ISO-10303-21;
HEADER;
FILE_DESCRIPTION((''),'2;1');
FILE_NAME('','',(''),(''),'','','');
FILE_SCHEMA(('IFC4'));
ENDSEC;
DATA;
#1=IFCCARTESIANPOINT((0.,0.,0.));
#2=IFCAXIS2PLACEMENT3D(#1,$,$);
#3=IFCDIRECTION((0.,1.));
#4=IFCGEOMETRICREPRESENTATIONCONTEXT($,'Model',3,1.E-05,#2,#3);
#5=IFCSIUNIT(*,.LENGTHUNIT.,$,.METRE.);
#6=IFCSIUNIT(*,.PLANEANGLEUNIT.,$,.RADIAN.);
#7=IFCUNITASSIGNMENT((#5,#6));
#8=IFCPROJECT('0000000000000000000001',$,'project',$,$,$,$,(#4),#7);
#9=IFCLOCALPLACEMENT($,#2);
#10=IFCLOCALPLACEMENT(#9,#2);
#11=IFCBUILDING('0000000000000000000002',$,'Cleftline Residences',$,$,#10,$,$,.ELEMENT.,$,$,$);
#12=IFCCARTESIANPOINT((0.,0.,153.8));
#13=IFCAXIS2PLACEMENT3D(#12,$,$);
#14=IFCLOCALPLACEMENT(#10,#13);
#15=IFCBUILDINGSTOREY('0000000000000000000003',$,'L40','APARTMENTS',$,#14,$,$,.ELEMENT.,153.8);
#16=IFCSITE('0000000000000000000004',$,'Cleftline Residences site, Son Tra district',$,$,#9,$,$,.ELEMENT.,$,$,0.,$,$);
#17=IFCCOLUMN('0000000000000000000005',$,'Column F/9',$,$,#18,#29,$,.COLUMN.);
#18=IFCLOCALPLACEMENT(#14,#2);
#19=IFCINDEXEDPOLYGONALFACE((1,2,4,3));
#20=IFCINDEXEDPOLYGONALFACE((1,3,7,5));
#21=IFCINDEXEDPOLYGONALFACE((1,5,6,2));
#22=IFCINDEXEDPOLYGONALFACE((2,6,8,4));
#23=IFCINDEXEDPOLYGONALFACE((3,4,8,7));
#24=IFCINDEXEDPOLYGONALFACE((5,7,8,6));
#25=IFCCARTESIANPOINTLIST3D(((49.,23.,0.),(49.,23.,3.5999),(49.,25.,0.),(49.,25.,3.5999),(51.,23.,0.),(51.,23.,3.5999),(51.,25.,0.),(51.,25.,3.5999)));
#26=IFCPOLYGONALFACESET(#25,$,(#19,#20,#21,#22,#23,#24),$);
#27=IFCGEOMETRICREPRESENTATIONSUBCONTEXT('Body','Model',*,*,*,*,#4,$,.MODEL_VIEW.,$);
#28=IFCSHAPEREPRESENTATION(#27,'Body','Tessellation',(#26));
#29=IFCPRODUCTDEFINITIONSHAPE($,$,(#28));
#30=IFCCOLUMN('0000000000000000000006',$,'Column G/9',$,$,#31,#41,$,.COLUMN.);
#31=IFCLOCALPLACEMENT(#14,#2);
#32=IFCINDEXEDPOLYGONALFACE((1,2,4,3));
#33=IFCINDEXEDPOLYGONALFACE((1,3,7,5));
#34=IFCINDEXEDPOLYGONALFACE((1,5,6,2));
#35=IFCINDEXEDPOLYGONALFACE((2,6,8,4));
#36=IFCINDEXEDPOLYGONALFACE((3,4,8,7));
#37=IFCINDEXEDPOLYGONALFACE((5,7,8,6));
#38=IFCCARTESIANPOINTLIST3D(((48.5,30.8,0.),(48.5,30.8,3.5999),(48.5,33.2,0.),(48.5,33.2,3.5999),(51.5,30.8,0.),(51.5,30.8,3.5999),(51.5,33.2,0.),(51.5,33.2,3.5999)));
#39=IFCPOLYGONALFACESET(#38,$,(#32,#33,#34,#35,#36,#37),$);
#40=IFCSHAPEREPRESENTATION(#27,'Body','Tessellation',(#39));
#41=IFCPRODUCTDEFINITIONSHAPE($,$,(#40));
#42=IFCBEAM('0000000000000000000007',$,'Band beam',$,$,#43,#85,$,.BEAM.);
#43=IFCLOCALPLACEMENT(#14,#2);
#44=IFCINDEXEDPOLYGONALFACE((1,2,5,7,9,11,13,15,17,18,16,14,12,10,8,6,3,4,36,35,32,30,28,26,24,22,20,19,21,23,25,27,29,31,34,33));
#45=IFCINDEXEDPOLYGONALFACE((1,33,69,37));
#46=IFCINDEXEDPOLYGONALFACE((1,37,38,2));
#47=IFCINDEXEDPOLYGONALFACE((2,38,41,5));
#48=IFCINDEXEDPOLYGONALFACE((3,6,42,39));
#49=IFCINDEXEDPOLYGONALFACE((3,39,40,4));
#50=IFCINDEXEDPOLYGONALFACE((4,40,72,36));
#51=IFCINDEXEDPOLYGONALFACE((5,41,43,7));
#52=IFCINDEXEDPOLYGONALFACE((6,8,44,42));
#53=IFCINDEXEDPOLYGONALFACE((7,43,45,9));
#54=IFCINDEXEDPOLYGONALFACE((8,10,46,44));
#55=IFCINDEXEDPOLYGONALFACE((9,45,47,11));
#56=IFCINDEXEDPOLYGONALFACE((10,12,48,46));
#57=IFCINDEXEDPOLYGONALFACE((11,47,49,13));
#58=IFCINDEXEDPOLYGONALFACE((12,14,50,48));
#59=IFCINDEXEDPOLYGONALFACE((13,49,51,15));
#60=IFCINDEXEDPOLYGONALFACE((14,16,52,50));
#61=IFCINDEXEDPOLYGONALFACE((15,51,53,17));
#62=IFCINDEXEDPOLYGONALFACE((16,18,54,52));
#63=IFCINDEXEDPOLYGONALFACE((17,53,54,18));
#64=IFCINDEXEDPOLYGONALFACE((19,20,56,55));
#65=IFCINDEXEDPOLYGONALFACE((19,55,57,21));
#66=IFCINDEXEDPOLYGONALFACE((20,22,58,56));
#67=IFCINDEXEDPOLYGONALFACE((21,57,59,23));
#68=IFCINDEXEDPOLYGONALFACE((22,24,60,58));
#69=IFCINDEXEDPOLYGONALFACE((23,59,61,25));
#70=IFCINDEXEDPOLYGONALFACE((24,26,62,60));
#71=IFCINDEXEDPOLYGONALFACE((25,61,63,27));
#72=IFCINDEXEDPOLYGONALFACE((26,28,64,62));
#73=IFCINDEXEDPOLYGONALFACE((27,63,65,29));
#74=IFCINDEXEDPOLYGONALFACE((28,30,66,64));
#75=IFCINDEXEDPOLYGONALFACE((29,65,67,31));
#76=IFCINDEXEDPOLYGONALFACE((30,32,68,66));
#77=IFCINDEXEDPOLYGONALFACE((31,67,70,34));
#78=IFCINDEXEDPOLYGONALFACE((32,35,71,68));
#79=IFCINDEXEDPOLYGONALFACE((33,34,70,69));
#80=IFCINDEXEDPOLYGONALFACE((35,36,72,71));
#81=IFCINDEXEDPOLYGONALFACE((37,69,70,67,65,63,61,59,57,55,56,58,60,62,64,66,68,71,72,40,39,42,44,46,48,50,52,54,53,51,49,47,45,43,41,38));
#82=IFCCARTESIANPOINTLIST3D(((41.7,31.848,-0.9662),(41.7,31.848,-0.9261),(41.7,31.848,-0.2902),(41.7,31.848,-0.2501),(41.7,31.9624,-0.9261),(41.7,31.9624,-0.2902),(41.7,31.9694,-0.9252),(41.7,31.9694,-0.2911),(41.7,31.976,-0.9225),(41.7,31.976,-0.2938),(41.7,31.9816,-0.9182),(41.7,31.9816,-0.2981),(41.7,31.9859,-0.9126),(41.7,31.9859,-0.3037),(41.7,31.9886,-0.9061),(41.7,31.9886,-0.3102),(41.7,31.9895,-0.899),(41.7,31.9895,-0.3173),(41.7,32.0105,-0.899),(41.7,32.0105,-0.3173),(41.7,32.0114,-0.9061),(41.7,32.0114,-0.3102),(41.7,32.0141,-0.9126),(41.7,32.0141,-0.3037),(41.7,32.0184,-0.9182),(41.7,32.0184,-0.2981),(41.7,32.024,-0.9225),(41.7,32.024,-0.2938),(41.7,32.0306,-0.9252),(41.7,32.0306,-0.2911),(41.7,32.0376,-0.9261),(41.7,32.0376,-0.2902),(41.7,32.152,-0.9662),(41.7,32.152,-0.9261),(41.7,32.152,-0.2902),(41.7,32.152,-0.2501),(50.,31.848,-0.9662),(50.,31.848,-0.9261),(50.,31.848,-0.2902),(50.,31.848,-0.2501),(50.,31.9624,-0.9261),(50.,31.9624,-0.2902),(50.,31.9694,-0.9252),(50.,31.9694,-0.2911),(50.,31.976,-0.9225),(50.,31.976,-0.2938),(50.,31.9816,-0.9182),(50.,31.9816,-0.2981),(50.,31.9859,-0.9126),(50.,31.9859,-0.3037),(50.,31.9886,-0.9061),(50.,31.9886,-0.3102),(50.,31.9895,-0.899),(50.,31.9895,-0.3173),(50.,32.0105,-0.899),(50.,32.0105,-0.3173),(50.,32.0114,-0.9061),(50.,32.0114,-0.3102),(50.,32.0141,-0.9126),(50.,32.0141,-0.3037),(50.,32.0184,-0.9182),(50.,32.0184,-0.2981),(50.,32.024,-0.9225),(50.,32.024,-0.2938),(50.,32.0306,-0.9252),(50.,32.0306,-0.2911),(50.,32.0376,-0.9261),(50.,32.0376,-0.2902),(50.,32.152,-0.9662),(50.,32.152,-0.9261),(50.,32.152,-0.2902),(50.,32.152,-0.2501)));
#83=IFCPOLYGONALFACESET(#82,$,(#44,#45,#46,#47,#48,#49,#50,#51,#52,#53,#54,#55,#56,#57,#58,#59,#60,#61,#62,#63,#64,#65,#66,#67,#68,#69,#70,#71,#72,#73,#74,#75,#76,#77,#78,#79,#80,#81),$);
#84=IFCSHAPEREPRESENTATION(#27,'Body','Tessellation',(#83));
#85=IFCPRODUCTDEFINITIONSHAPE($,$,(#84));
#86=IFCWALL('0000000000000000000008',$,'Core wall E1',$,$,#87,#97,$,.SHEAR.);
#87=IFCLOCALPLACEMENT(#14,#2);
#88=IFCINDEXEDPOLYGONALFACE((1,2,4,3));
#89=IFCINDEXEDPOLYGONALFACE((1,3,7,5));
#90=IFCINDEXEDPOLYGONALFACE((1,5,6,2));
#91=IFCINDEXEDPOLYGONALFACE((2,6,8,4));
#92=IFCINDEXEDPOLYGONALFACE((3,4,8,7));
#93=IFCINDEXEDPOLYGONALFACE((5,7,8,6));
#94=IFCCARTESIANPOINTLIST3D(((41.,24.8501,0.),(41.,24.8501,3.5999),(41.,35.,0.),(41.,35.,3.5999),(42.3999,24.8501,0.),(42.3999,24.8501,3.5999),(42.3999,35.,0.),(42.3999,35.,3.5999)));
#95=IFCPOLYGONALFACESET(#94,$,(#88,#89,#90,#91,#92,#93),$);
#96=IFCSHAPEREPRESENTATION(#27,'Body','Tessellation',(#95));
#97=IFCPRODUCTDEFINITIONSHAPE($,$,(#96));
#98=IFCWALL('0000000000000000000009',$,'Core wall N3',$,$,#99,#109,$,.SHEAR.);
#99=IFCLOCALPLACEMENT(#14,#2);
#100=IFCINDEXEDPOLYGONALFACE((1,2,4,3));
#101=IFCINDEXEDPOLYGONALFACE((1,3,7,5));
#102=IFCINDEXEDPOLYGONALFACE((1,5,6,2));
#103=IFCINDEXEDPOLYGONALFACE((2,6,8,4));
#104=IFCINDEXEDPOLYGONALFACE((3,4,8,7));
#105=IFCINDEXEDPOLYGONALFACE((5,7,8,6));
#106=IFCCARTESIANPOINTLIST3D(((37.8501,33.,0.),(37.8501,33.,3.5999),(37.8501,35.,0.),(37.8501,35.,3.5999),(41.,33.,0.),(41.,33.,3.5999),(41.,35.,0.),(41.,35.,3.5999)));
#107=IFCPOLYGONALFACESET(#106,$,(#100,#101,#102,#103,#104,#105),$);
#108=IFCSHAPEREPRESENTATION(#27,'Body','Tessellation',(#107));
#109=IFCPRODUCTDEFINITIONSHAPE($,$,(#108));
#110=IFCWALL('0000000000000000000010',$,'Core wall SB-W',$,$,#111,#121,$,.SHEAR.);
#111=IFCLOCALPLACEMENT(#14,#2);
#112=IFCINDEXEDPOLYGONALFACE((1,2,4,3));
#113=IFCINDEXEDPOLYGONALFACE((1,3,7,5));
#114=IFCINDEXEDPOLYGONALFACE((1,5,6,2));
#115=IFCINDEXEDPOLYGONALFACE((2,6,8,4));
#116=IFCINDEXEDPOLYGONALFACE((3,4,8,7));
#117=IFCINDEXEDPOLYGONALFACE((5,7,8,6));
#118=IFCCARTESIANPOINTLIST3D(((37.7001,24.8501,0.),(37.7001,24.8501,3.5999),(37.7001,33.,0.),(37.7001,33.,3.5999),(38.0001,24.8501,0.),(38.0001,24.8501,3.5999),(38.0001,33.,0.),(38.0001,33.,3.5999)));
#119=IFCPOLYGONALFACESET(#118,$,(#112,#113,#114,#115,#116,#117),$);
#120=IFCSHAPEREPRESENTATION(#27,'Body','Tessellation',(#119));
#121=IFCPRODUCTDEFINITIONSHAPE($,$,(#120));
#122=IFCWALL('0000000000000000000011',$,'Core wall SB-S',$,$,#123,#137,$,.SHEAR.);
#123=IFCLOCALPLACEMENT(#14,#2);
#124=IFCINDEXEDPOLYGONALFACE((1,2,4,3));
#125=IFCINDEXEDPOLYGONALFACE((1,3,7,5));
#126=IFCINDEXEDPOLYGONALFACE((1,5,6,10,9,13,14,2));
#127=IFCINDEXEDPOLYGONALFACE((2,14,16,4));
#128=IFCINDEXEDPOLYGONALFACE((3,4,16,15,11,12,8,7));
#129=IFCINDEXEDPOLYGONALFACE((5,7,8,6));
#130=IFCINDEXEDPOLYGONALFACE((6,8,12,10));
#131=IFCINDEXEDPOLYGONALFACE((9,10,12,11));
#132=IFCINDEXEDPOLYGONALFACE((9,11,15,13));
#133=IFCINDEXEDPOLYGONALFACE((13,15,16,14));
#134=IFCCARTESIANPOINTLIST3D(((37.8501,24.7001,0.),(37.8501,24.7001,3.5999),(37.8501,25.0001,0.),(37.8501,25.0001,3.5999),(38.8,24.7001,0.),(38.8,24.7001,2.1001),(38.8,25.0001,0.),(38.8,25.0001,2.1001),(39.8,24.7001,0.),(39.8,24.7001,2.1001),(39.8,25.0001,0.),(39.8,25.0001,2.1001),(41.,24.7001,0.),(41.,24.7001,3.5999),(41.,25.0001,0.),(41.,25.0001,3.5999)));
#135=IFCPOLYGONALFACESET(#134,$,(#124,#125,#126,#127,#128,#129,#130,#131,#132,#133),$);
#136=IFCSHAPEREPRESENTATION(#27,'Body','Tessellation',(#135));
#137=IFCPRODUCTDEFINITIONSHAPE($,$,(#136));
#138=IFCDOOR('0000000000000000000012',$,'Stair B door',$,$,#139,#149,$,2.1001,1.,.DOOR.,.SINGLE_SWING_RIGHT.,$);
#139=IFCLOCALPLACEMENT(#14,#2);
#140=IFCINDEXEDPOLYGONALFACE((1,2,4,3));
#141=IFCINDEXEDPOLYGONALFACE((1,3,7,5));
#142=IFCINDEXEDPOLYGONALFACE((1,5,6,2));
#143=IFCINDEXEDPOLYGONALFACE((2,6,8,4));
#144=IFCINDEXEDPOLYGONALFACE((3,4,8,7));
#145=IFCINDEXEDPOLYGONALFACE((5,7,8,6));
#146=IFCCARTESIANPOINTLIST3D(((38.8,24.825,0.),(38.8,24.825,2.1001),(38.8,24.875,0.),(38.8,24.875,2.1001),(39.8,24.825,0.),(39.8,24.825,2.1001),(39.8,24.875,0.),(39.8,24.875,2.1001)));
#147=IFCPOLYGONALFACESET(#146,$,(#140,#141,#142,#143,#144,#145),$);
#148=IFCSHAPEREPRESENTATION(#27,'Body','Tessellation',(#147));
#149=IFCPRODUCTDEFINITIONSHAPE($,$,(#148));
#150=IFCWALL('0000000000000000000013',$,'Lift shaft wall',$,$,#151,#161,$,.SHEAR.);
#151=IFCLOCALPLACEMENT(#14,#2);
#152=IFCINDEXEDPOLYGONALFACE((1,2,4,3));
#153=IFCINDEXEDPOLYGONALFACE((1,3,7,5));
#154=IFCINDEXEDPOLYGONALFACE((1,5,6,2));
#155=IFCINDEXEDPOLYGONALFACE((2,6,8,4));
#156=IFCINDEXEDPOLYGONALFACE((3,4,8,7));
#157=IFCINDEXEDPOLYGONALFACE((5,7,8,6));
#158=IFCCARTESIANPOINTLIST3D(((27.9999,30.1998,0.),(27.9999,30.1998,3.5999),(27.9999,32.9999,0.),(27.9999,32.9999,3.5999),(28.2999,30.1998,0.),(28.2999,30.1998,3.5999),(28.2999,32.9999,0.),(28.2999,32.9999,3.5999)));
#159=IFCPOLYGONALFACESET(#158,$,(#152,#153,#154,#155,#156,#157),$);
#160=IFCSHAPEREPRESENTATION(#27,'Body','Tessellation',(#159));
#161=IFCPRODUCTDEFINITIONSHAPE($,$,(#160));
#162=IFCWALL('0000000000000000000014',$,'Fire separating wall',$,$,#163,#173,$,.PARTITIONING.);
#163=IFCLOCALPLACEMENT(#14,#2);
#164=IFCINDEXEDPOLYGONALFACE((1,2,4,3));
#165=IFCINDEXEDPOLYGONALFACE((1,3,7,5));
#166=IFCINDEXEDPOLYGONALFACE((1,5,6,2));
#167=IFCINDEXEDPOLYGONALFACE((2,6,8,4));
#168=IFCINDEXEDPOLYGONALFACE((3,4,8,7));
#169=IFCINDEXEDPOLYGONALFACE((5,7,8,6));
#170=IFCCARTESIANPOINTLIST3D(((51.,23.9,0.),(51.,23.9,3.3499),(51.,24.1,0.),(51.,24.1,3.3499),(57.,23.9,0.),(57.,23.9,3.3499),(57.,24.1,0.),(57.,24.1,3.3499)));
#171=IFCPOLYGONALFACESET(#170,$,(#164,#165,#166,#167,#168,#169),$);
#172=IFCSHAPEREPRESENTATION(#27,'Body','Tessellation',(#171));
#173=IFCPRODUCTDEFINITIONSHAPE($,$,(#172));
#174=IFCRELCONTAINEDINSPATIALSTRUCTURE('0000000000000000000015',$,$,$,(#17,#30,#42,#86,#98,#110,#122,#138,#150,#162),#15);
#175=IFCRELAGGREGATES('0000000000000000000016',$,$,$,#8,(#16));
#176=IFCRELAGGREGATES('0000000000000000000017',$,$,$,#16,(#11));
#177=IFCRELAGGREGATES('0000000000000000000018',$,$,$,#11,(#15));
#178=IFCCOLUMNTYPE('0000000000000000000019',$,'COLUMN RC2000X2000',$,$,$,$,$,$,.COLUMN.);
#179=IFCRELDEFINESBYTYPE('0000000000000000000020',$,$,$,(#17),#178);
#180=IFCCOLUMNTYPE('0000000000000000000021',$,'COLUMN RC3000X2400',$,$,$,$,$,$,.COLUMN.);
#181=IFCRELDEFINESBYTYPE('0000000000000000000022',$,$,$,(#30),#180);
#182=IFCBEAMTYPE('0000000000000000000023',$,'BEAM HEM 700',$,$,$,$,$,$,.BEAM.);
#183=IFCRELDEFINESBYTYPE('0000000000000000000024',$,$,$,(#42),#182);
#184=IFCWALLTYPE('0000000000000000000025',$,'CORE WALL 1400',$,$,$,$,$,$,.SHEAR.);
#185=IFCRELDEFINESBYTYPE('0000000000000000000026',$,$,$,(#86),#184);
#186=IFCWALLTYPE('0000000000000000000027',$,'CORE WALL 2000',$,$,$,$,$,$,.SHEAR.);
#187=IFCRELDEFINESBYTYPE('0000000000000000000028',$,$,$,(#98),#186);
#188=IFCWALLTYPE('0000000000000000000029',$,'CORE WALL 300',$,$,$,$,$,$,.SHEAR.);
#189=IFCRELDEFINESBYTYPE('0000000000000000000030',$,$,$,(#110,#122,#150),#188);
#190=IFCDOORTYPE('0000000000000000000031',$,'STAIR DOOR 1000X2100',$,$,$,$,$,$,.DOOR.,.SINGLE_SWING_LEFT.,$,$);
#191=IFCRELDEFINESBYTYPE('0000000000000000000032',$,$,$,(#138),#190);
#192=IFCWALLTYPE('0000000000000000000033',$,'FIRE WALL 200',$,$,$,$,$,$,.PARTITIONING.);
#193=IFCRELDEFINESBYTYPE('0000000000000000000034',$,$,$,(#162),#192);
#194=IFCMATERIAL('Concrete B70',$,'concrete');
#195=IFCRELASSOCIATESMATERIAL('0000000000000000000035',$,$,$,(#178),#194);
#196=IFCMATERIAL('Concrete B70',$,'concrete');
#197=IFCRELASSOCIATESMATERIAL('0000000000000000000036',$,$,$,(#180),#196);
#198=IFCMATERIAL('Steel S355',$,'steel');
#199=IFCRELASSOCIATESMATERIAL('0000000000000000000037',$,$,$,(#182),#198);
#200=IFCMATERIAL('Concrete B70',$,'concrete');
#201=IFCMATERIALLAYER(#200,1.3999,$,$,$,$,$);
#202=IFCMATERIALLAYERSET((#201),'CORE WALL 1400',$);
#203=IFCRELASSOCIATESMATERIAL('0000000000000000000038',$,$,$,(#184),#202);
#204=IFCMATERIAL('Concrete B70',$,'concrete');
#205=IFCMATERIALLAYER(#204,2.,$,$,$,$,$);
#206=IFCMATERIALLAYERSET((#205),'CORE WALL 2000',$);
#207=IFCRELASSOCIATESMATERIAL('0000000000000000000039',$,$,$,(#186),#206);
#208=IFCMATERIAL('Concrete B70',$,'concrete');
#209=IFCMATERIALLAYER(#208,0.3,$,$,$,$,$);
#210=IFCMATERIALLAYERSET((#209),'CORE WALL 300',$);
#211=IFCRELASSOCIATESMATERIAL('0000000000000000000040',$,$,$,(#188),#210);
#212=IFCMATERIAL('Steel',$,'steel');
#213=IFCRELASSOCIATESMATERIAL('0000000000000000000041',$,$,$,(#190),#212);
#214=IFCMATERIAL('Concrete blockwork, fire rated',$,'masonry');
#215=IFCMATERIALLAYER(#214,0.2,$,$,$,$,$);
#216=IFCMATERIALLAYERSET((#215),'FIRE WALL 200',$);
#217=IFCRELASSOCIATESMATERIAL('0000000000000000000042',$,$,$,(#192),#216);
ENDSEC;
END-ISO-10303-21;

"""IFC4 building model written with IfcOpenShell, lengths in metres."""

from ifc_helpers import new_model, si_unit, direction, frame, frame_2d, origin, origin_2d, place, context, subcontext, project, spatial, rectangle, i_section, extrude, material, layer, layer_set, material_profile, profile_set, type_object, element, fill, save


model = new_model("IFC4")

# Units and contexts
model_context = context("Model", 3, precision=1e-05, world=origin(), true_north=direction((0.0, 1.0)))
body_context = subcontext(model_context, "Body", "Model", "MODEL_VIEW")
ifc_project = project(units=[si_unit("LENGTHUNIT", "METRE"), si_unit("PLANEANGLEUNIT", "RADIAN")], contexts=[model_context])

# Site, building, storey
site_placement = place(None, origin())
site = spatial("IfcSite", under=ifc_project, at=site_placement, Name="Cleftline Residences site, Son Tra district", CompositionType="ELEMENT", RefElevation=0.0)
building_placement = place(site_placement, origin())
building = spatial("IfcBuilding", under=site, at=building_placement, Name="Cleftline Residences", CompositionType="ELEMENT")
storey_placement = place(building_placement, frame((0.0, 0.0, 153.8)))
storey = spatial("IfcBuildingStorey", under=building, at=storey_placement, Name="L40", Description="APARTMENTS", CompositionType="ELEMENT", Elevation=153.8)

# Columns
ifc_material_1 = material(Name="Concrete B70", Category="concrete")
ifc_material_profile_1 = material_profile(ifc_material_1, rectangle(XDim=2.0, YDim=2.0, at=origin_2d()))
ifc_profile_set_1 = profile_set([ifc_material_profile_1], Name="Concrete B70")
column_type_1 = type_object("IfcColumnType", Name="COLUMN RC2000X2000", PredefinedType="COLUMN", material=ifc_profile_set_1)
column_1_placement = place(storey_placement, frame((50.0, 24.0, 0.0), z_axis=(0.0, 0.0, 1.0), x_axis=(1.0, 0.0, 0.0)))
element("IfcColumn", 1, at=column_1_placement, inside=storey, type_object=column_type_1, Name="Column F/9", PredefinedType="COLUMN", context=body_context, shape_type="SweptSolid", body=[
    extrude(rectangle(XDim=2.0, YDim=2.0, at=origin_2d()), origin(), (0.0, 0.0, 1.0), 3.5999),
])
ifc_material_2 = material(Name="Concrete B70", Category="concrete")
ifc_material_profile_2 = material_profile(ifc_material_2, rectangle(XDim=3.0, YDim=2.3999, at=origin_2d()))
ifc_profile_set_2 = profile_set([ifc_material_profile_2], Name="Concrete B70")
column_type_2 = type_object("IfcColumnType", Name="COLUMN RC3000X2400", PredefinedType="COLUMN", material=ifc_profile_set_2)
column_2_placement = place(storey_placement, frame((50.0, 32.0, 0.0), z_axis=(0.0, 0.0, 1.0), x_axis=(1.0, 0.0, 0.0)))
element("IfcColumn", 2, at=column_2_placement, inside=storey, type_object=column_type_2, Name="Column G/9", PredefinedType="COLUMN", context=body_context, shape_type="SweptSolid", body=[
    extrude(rectangle(XDim=3.0, YDim=2.3999, at=origin_2d()), origin(), (0.0, 0.0, 1.0), 3.5999),
])

# Beam
ifc_material_3 = material(Name="Steel S355", Category="steel")
ifc_material_profile_3 = material_profile(ifc_material_3, i_section(OverallWidth=0.304, OverallDepth=0.7161, WebThickness=0.021, FlangeThickness=0.04, FilletRadius=0.0271, at=origin_2d()))
ifc_profile_set_3 = profile_set([ifc_material_profile_3], Name="Steel S355")
beam_type = type_object("IfcBeamType", Name="BEAM HEM 700", PredefinedType="BEAM", material=ifc_profile_set_3)
beam_placement = place(storey_placement, frame((50.0, 32.0, -0.6082), z_axis=(-1.0, 0.0, 0.0), x_axis=(0.0, -1.0, 0.0)))
element("IfcBeam", 3, at=beam_placement, inside=storey, type_object=beam_type, Name="Band beam", PredefinedType="BEAM", context=body_context, shape_type="SweptSolid", body=[
    extrude(i_section(OverallWidth=0.304, OverallDepth=0.7161, WebThickness=0.021, FlangeThickness=0.04, FilletRadius=0.0271, at=origin_2d()), origin(), (0.0, 0.0, 1.0), 8.3),
])

# Walls
ifc_material_4 = material(Name="Concrete B70", Category="concrete")
ifc_layer_1 = layer(ifc_material_4, 1.3999)
ifc_layer_set_1 = layer_set([ifc_layer_1], Name="CORE WALL 1400")
wall_type_1 = type_object("IfcWallType", Name="CORE WALL 1400", PredefinedType="SHEAR", material=ifc_layer_set_1)
wall_1_placement = place(storey_placement, frame((41.7, 24.8501, 0.0), z_axis=(0.0, 0.0, 1.0), x_axis=(0.0, 1.0, 0.0)))
element("IfcWall", 4, at=wall_1_placement, inside=storey, type_object=wall_type_1, Name="Core wall E1", PredefinedType="SHEAR", context=body_context, shape_type="SweptSolid", body=[
    extrude(rectangle(XDim=10.1499, YDim=1.3999, at=frame_2d((5.075, 0.0))), origin(), (0.0, 0.0, 1.0), 3.5999),
])
ifc_material_5 = material(Name="Concrete B70", Category="concrete")
ifc_layer_2 = layer(ifc_material_5, 2.0)
ifc_layer_set_2 = layer_set([ifc_layer_2], Name="CORE WALL 2000")
wall_type_2 = type_object("IfcWallType", Name="CORE WALL 2000", PredefinedType="SHEAR", material=ifc_layer_set_2)
wall_2_placement = place(storey_placement, frame((37.8501, 34.0, 0.0), z_axis=(0.0, 0.0, 1.0), x_axis=(1.0, 0.0, 0.0)))
element("IfcWall", 5, at=wall_2_placement, inside=storey, type_object=wall_type_2, Name="Core wall N3", PredefinedType="SHEAR", context=body_context, shape_type="SweptSolid", body=[
    extrude(rectangle(XDim=3.1499, YDim=2.0, at=frame_2d((1.575, 0.0))), origin(), (0.0, 0.0, 1.0), 3.5999),
])
ifc_material_6 = material(Name="Concrete B70", Category="concrete")
ifc_layer_3 = layer(ifc_material_6, 0.3)
ifc_layer_set_3 = layer_set([ifc_layer_3], Name="CORE WALL 300")
wall_type_3 = type_object("IfcWallType", Name="CORE WALL 300", PredefinedType="SHEAR", material=ifc_layer_set_3)
wall_3_placement = place(storey_placement, frame((37.8501, 24.8501, 0.0), z_axis=(0.0, 0.0, 1.0), x_axis=(0.0, 1.0, 0.0)))
element("IfcWall", 6, at=wall_3_placement, inside=storey, type_object=wall_type_3, Name="Core wall SB-W", PredefinedType="SHEAR", context=body_context, shape_type="SweptSolid", body=[
    extrude(rectangle(XDim=8.1499, YDim=0.3, at=frame_2d((4.075, 0.0))), origin(), (0.0, 0.0, 1.0), 3.5999),
])

# Wall, opening, door
wall_4_placement = place(storey_placement, frame((37.8501, 24.8501, 0.0), z_axis=(0.0, 0.0, 1.0), x_axis=(1.0, 0.0, 0.0)))
wall_4 = element("IfcWall", 7, at=wall_4_placement, inside=storey, type_object=wall_type_3, Name="Core wall SB-S", PredefinedType="SHEAR", context=body_context, shape_type="SweptSolid", body=[
    extrude(rectangle(XDim=3.1499, YDim=0.3, at=frame_2d((1.575, 0.0))), origin(), (0.0, 0.0, 1.0), 3.5999),
])
opening_1_placement = place(wall_4_placement, frame((0.95, 0.0, 0.0)))
opening_1 = element("IfcOpeningElement", 8, at=opening_1_placement, cuts=wall_4, PredefinedType="OPENING", context=body_context, shape_type="SweptSolid", body=[
    extrude(rectangle(XDim=1.0, YDim=2.1001, at=frame_2d((0.5, 1.05))), frame((0.0, 0.1599, 0.0), z_axis=(0.0, -1.0, 0.0), x_axis=(1.0, 0.0, 0.0)), (0.0, 0.0, 1.0), 0.3201),
])
ifc_material_7 = material(Name="Steel", Category="steel")
door_type_1 = type_object("IfcDoorType", Name="STAIR DOOR 1000X2100", OperationType="SINGLE_SWING_LEFT", PredefinedType="DOOR", material=ifc_material_7)
door_1_placement = place(opening_1_placement, origin())
door_1 = element("IfcDoor", 9, at=door_1_placement, inside=storey, type_object=door_type_1, Name="Stair B door", OperationType="SINGLE_SWING_RIGHT", OverallHeight=2.1001, OverallWidth=1.0, PredefinedType="DOOR", context=body_context, shape_type="SweptSolid", body=[
    extrude(rectangle(XDim=1.0, YDim=2.1001, at=frame_2d((0.5, 1.05))), frame((0.0, 0.0249, 0.0), z_axis=(0.0, -1.0, 0.0), x_axis=(1.0, 0.0, 0.0)), (0.0, 0.0, 1.0), 0.05),
])
fill(opening_1, door_1)

# Walls
wall_5_placement = place(storey_placement, frame((28.1499, 30.2, 0.0), z_axis=(0.0, 0.0, 1.0), x_axis=(0.0, 1.0, 0.0)))
element("IfcWall", 10, at=wall_5_placement, inside=storey, type_object=wall_type_3, Name="Lift shaft wall", PredefinedType="SHEAR", context=body_context, shape_type="SweptSolid", body=[
    extrude(rectangle(XDim=2.8, YDim=0.3, at=frame_2d((1.3999, 0.0))), origin(), (0.0, 0.0, 1.0), 3.5999),
])
ifc_material_8 = material(Name="Concrete blockwork, fire rated", Category="masonry")
ifc_layer_4 = layer(ifc_material_8, 0.2)
ifc_layer_set_4 = layer_set([ifc_layer_4], Name="FIRE WALL 200")
wall_type_4 = type_object("IfcWallType", Name="FIRE WALL 200", PredefinedType="PARTITIONING", material=ifc_layer_set_4)
wall_6_placement = place(storey_placement, frame((51.0, 24.0, 0.0), z_axis=(0.0, 0.0, 1.0), x_axis=(1.0, 0.0, 0.0)))
element("IfcWall", 11, at=wall_6_placement, inside=storey, type_object=wall_type_4, Name="Fire separating wall", PredefinedType="PARTITIONING", context=body_context, shape_type="SweptSolid", body=[
    extrude(rectangle(XDim=6.0, YDim=0.2, at=frame_2d((3.0, 0.0))), origin(), (0.0, 0.0, 1.0), 3.3499),
])

save(model, "model.ifc")
